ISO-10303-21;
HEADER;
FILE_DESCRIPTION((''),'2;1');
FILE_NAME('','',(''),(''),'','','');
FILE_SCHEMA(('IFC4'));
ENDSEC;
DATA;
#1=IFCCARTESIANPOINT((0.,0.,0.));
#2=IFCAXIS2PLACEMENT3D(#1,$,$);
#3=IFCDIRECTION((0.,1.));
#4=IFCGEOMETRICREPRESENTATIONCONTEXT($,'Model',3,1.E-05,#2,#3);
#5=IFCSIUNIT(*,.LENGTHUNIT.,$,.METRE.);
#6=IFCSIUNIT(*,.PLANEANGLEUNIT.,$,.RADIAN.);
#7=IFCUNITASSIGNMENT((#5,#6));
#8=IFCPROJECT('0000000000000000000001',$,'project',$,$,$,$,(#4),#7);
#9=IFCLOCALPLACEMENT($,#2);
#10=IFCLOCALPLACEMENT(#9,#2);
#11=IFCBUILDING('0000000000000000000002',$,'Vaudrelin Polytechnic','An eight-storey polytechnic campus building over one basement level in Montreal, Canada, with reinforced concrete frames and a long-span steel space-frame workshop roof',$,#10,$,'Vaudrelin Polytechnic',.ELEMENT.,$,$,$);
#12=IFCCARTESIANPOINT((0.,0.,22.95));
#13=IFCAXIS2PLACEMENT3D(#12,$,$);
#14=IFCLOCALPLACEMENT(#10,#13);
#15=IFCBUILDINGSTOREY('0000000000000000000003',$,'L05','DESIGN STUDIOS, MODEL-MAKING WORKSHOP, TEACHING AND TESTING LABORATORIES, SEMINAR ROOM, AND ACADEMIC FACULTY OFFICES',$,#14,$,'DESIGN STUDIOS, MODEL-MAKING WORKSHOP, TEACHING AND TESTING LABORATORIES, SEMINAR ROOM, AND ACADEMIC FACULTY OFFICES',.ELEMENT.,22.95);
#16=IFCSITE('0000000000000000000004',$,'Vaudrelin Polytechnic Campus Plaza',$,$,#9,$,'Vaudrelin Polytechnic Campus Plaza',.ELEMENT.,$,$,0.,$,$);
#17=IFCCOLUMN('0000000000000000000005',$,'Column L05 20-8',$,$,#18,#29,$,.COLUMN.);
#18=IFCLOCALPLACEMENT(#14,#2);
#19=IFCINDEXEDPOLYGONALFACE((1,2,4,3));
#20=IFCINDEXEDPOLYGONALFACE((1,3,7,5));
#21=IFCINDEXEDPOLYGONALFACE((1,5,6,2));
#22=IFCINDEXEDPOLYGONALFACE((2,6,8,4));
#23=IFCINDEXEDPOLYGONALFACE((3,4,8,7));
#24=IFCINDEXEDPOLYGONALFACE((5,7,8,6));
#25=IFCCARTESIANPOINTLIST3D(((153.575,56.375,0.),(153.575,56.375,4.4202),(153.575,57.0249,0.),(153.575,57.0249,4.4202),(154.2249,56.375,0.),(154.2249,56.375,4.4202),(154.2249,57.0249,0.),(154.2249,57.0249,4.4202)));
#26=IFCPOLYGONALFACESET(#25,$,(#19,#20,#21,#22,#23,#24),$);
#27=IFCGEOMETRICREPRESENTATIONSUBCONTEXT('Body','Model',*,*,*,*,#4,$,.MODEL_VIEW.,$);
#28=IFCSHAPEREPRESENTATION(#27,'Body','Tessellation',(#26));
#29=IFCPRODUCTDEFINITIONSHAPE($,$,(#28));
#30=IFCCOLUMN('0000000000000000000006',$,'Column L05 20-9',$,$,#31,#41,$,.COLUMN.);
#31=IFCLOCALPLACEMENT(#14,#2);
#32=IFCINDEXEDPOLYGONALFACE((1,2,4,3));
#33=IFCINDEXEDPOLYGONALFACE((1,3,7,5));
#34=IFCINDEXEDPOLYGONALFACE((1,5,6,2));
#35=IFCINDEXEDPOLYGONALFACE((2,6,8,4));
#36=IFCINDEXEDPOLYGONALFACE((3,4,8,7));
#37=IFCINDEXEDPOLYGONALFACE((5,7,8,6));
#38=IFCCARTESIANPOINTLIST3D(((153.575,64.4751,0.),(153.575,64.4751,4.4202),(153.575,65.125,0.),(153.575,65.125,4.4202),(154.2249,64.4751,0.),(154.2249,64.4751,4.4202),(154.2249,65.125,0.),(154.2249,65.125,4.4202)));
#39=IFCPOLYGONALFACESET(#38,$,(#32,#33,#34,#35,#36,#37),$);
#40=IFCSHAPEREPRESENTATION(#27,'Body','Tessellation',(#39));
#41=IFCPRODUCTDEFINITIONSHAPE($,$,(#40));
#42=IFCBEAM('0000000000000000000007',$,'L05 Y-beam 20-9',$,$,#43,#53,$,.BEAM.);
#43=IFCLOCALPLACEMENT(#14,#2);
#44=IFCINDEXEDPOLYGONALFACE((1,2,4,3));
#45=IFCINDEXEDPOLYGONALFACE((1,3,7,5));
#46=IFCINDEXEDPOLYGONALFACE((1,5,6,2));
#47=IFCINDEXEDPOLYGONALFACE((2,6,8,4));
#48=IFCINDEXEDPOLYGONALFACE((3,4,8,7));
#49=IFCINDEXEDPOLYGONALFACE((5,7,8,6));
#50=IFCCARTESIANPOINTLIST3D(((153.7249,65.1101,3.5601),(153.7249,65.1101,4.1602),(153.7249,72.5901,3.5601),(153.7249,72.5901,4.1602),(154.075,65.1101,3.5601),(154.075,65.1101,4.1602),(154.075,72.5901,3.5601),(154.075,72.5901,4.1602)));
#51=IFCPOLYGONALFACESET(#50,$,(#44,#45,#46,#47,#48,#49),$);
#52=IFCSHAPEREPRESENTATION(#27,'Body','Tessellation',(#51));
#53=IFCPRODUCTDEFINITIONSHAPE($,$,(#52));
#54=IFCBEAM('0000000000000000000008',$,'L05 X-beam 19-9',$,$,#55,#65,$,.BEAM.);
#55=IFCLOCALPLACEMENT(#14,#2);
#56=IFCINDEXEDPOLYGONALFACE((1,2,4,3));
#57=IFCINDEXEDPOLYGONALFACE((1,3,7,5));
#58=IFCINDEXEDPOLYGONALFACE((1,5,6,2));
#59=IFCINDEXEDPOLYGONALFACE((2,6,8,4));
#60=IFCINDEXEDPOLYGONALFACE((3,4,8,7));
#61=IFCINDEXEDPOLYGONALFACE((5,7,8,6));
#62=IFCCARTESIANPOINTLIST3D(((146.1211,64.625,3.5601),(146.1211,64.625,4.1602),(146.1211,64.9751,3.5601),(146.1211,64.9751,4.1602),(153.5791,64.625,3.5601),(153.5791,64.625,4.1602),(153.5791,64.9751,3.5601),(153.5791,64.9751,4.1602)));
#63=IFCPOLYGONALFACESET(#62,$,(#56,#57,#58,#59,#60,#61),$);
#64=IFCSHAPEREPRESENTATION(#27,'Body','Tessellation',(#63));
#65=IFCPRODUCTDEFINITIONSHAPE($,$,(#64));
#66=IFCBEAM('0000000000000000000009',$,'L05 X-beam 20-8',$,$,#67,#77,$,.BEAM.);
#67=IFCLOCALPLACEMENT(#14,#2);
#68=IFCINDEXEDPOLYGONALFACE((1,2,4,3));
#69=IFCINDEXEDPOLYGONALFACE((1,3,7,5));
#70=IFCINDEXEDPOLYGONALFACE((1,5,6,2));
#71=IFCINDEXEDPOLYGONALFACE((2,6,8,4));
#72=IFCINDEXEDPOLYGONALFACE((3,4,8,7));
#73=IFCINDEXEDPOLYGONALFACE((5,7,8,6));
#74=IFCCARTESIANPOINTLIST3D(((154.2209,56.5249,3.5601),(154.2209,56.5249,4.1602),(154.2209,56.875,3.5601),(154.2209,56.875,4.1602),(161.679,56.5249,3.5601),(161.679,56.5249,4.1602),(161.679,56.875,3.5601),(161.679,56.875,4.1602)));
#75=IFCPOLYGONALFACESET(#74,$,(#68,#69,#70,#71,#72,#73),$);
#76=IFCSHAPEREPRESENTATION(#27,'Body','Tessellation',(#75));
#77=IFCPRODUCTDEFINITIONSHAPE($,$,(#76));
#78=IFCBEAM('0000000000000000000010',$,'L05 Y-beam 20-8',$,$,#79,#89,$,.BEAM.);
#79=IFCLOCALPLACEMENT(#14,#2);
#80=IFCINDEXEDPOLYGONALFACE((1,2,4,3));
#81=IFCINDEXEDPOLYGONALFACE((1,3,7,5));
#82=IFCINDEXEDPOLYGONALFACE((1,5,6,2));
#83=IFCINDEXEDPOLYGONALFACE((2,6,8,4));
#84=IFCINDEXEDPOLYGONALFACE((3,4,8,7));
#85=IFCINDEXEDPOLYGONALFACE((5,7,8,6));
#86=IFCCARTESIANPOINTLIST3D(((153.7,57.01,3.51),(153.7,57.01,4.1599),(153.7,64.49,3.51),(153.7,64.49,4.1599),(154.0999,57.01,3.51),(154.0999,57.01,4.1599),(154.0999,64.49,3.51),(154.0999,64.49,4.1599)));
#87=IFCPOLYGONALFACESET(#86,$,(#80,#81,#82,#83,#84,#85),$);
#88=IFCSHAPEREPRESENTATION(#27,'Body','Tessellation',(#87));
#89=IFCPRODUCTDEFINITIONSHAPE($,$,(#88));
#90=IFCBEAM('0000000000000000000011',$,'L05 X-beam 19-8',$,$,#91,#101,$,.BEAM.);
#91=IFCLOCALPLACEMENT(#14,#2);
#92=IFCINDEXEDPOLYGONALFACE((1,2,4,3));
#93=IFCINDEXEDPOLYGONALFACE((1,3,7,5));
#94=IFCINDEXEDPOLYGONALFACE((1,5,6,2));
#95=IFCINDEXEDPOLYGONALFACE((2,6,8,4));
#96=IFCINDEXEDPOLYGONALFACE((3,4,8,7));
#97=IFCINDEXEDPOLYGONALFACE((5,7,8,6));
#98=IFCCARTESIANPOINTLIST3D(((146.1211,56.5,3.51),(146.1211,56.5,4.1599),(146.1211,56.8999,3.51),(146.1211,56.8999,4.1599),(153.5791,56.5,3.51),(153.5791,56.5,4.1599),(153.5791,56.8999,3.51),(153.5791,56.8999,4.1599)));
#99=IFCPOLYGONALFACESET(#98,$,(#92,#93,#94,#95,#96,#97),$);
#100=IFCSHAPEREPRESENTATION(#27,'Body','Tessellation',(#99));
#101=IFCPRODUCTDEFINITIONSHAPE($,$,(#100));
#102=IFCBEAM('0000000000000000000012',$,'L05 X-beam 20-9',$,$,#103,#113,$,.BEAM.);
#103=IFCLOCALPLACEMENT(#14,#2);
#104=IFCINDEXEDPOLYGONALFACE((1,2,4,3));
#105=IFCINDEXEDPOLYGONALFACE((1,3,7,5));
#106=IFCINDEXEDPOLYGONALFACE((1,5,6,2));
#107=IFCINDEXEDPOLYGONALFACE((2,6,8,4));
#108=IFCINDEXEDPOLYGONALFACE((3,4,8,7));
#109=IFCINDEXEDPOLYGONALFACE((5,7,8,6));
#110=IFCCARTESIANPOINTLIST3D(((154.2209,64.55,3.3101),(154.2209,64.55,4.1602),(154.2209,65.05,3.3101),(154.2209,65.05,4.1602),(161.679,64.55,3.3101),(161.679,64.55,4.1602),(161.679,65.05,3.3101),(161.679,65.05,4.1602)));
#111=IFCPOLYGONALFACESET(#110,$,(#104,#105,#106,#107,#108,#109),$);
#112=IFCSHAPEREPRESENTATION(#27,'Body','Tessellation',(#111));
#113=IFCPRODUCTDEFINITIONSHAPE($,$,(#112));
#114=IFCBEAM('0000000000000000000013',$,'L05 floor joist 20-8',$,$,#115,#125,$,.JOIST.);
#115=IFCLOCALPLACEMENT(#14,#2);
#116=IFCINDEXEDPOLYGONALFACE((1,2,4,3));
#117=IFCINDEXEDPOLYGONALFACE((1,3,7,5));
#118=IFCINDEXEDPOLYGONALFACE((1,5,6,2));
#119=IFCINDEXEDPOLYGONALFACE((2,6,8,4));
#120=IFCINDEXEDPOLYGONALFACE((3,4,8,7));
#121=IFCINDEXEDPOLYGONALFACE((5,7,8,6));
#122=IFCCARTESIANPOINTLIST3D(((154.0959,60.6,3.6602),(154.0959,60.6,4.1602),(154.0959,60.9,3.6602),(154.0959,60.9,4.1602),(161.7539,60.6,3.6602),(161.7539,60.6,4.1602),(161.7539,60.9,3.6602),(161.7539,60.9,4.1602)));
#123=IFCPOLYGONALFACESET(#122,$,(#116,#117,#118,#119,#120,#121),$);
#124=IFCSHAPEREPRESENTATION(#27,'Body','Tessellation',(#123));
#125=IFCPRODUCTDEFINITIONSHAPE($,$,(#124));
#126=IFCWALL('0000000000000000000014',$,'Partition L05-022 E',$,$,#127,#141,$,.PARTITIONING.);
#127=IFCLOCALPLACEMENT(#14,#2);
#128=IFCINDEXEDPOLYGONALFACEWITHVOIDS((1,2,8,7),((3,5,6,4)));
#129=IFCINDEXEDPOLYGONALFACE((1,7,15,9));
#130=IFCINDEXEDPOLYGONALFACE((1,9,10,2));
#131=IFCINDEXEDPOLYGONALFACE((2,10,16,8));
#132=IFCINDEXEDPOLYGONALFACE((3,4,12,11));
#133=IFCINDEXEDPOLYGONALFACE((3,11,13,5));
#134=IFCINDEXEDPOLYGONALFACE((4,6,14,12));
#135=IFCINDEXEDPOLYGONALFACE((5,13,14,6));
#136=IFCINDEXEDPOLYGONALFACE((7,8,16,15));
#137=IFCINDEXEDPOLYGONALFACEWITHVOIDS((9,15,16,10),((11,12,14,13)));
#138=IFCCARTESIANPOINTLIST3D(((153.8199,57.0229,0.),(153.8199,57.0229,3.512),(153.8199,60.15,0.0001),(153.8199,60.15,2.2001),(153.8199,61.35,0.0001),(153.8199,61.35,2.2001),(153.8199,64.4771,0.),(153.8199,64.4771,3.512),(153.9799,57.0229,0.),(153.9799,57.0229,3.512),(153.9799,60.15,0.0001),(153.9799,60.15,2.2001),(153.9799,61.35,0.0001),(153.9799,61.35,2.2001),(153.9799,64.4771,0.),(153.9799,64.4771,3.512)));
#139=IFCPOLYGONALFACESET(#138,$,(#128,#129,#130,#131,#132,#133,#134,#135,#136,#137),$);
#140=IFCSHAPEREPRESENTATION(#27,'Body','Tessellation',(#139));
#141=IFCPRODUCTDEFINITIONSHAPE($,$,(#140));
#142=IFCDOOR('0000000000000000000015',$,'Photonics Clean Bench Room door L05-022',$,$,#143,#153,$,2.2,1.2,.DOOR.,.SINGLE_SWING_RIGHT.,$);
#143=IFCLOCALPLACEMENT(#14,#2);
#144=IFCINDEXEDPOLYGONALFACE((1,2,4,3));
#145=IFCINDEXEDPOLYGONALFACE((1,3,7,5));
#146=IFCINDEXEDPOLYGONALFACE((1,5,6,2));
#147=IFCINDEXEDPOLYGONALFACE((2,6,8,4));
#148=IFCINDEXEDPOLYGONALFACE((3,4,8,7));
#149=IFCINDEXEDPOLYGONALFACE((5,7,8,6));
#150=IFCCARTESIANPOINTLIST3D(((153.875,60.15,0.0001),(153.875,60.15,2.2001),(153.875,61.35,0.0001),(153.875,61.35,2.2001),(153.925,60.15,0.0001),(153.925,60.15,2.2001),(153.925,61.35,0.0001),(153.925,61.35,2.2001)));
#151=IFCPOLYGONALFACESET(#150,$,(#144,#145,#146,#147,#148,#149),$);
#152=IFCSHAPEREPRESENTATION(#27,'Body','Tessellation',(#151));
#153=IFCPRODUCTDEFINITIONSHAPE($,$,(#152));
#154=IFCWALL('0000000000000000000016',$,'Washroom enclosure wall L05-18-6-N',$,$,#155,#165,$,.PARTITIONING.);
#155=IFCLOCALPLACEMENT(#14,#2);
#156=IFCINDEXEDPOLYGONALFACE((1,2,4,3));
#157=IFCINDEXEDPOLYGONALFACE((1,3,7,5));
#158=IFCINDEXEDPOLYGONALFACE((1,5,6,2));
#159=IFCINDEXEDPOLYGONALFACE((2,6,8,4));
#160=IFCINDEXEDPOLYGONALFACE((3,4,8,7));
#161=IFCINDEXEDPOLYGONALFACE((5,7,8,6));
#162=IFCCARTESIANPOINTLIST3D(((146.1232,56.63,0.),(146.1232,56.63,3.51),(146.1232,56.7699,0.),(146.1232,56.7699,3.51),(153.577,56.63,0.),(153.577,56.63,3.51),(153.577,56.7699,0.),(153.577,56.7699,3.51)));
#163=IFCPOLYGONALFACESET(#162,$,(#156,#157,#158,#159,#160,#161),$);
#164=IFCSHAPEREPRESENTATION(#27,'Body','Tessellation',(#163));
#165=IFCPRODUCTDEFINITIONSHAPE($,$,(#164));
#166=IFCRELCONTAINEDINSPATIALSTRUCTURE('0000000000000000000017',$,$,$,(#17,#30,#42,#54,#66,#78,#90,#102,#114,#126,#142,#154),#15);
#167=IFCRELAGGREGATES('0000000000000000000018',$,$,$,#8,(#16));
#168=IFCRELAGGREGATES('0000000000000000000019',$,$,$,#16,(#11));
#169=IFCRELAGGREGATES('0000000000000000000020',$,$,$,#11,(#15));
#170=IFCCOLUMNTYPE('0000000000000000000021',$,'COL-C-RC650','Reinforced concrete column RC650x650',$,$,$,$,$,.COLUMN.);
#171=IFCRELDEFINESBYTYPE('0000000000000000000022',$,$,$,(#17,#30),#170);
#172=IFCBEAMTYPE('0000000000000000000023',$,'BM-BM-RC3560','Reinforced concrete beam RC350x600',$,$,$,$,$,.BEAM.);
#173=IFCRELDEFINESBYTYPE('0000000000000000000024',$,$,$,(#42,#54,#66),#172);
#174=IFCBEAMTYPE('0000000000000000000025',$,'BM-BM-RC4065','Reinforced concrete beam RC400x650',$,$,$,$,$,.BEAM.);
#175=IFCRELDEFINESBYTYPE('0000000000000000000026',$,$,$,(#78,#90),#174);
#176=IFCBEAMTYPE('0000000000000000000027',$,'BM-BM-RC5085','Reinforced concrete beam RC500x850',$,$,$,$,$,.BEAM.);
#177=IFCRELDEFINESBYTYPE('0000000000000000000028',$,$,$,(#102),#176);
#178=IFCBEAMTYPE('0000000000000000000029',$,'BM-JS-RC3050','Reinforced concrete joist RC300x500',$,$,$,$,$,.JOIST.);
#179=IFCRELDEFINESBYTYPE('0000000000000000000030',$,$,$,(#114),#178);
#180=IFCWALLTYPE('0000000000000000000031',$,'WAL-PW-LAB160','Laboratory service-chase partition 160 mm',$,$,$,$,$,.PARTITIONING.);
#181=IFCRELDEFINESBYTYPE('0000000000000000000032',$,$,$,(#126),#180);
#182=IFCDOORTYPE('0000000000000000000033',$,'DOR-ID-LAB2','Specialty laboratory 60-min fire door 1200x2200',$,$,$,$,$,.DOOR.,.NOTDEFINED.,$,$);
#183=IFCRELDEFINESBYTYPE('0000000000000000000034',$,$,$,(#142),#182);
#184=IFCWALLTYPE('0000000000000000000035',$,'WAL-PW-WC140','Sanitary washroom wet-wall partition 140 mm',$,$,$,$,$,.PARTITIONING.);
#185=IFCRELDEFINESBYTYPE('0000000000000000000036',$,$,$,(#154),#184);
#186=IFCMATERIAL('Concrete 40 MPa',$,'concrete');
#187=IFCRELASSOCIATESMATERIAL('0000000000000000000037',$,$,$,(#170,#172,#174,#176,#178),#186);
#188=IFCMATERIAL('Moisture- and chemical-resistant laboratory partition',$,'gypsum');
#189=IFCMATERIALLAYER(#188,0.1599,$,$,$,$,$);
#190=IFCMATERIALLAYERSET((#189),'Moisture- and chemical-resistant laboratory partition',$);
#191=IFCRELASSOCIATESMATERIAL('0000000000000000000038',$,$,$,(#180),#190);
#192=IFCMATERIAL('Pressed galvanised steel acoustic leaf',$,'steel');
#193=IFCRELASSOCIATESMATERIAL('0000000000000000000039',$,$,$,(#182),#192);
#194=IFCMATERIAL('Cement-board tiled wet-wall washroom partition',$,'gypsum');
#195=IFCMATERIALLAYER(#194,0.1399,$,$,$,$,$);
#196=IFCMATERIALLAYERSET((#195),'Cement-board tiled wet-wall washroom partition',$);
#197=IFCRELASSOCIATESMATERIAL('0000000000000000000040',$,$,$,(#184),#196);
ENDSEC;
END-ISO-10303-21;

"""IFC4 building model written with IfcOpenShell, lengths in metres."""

from ifc_helpers import new_model, si_unit, direction, frame, frame_2d, origin, origin_2d, place, context, subcontext, project, spatial, rectangle, extrude, material, layer, layer_set, material_profile, profile_set, type_object, element, fill, save


model = new_model("IFC4")

# Units and contexts
model_context = context("Model", 3, precision=1e-05, world=origin(), true_north=direction((0.0, 1.0)))
body_context = subcontext(model_context, "Body", "Model", "MODEL_VIEW")
ifc_project = project(units=[si_unit("LENGTHUNIT", "METRE"), si_unit("PLANEANGLEUNIT", "RADIAN")], contexts=[model_context])

# Site, building, storey
site_placement = place(None, origin())
site = spatial("IfcSite", under=ifc_project, at=site_placement, Name="Vaudrelin Polytechnic Campus Plaza", LongName="Vaudrelin Polytechnic Campus Plaza", CompositionType="ELEMENT", RefElevation=0.0)
building_placement = place(site_placement, origin())
building = spatial("IfcBuilding", under=site, at=building_placement, Name="Vaudrelin Polytechnic", Description="An eight-storey polytechnic campus building over one basement level in Montreal, Canada, with reinforced concrete frames and a long-span steel space-frame workshop roof", LongName="Vaudrelin Polytechnic", CompositionType="ELEMENT")
storey_placement = place(building_placement, frame((0.0, 0.0, 22.95)))
storey = spatial("IfcBuildingStorey", under=building, at=storey_placement, Name="L05", Description="DESIGN STUDIOS, MODEL-MAKING WORKSHOP, TEACHING AND TESTING LABORATORIES, SEMINAR ROOM, AND ACADEMIC FACULTY OFFICES", LongName="DESIGN STUDIOS, MODEL-MAKING WORKSHOP, TEACHING AND TESTING LABORATORIES, SEMINAR ROOM, AND ACADEMIC FACULTY OFFICES", CompositionType="ELEMENT", Elevation=22.95)

# Columns
ifc_material_1 = material(Name="Concrete 40 MPa", Category="concrete")
ifc_material_profile_1 = material_profile(ifc_material_1, rectangle(XDim=0.6499, YDim=0.6499, at=origin_2d()), Name="RC650x650")
ifc_profile_set_1 = profile_set([ifc_material_profile_1], Name="Concrete 40 MPa")
column_type = type_object("IfcColumnType", Name="COL-C-RC650", Description="Reinforced concrete column RC650x650", PredefinedType="COLUMN", material=ifc_profile_set_1)
for number, where, z_axis, x_axis, name in (
    (1, (153.8999, 56.7, 0.0), (0.0, 0.0, 1.0), (1.0, 0.0, 0.0), "Column L05 20-8"),
    (2, (153.8999, 64.8, 0.0), (0.0, 0.0, 1.0), (1.0, 0.0, 0.0), "Column L05 20-9"),
):
    element("IfcColumn", number, at=place(storey_placement, frame(where, z_axis=z_axis, x_axis=x_axis)), inside=storey, type_object=column_type, Name=name, PredefinedType="COLUMN", context=body_context, shape_type="SweptSolid", body=[
        extrude(rectangle(XDim=0.6499, YDim=0.6499, at=origin_2d()), origin(), (0.0, 0.0, 1.0), 4.4202),
    ])

# Beams
ifc_material_profile_2 = material_profile(ifc_material_1, rectangle(XDim=0.3501, YDim=0.6001, at=origin_2d()), Name="RC350x600")
ifc_profile_set_2 = profile_set([ifc_material_profile_2], Name="Concrete 40 MPa")
beam_type_1 = type_object("IfcBeamType", Name="BM-BM-RC3560", Description="Reinforced concrete beam RC350x600", PredefinedType="BEAM", material=ifc_profile_set_2)
beam_1_placement = place(storey_placement, frame((153.8999, 65.1101, 3.8601), z_axis=(0.0, 1.0, 0.0), x_axis=(-1.0, 0.0, 0.0)))
element("IfcBeam", 3, at=beam_1_placement, inside=storey, type_object=beam_type_1, Name="L05 Y-beam 20-9", PredefinedType="BEAM", context=body_context, shape_type="SweptSolid", body=[
    extrude(rectangle(XDim=0.3501, YDim=0.6001, at=origin_2d()), origin(), (0.0, 0.0, 1.0), 7.48),
])
for number, where, z_axis, x_axis, name in (
    (4, (146.1211, 64.8, 3.8601), (1.0, 0.0, 0.0), (0.0, 1.0, 0.0), "L05 X-beam 19-9"),
    (5, (154.2209, 56.7, 3.8601), (1.0, 0.0, 0.0), (0.0, 1.0, 0.0), "L05 X-beam 20-8"),
):
    element("IfcBeam", number, at=place(storey_placement, frame(where, z_axis=z_axis, x_axis=x_axis)), inside=storey, type_object=beam_type_1, Name=name, PredefinedType="BEAM", context=body_context, shape_type="SweptSolid", body=[
        extrude(rectangle(XDim=0.3501, YDim=0.6001, at=origin_2d()), origin(), (0.0, 0.0, 1.0), 7.458),
    ])
ifc_material_profile_3 = material_profile(ifc_material_1, rectangle(XDim=0.3999, YDim=0.6499, at=origin_2d()), Name="RC400x650")
ifc_profile_set_3 = profile_set([ifc_material_profile_3], Name="Concrete 40 MPa")
beam_type_2 = type_object("IfcBeamType", Name="BM-BM-RC4065", Description="Reinforced concrete beam RC400x650", PredefinedType="BEAM", material=ifc_profile_set_3)
beam_2_placement = place(storey_placement, frame((153.8999, 57.01, 3.835), z_axis=(0.0, 1.0, 0.0), x_axis=(-1.0, 0.0, 0.0)))
element("IfcBeam", 6, at=beam_2_placement, inside=storey, type_object=beam_type_2, Name="L05 Y-beam 20-8", PredefinedType="BEAM", context=body_context, shape_type="SweptSolid", body=[
    extrude(rectangle(XDim=0.3999, YDim=0.6499, at=origin_2d()), origin(), (0.0, 0.0, 1.0), 7.48),
])
beam_3_placement = place(storey_placement, frame((146.1211, 56.7, 3.835), z_axis=(1.0, 0.0, 0.0), x_axis=(0.0, 1.0, 0.0)))
element("IfcBeam", 7, at=beam_3_placement, inside=storey, type_object=beam_type_2, Name="L05 X-beam 19-8", PredefinedType="BEAM", context=body_context, shape_type="SweptSolid", body=[
    extrude(rectangle(XDim=0.3999, YDim=0.6499, at=origin_2d()), origin(), (0.0, 0.0, 1.0), 7.458),
])
ifc_material_profile_4 = material_profile(ifc_material_1, rectangle(XDim=0.5, YDim=0.8501, at=origin_2d()), Name="RC500x850")
ifc_profile_set_4 = profile_set([ifc_material_profile_4], Name="Concrete 40 MPa")
beam_type_3 = type_object("IfcBeamType", Name="BM-BM-RC5085", Description="Reinforced concrete beam RC500x850", PredefinedType="BEAM", material=ifc_profile_set_4)
beam_4_placement = place(storey_placement, frame((154.2209, 64.8, 3.7351), z_axis=(1.0, 0.0, 0.0), x_axis=(0.0, 1.0, 0.0)))
element("IfcBeam", 8, at=beam_4_placement, inside=storey, type_object=beam_type_3, Name="L05 X-beam 20-9", PredefinedType="BEAM", context=body_context, shape_type="SweptSolid", body=[
    extrude(rectangle(XDim=0.5, YDim=0.8501, at=origin_2d()), origin(), (0.0, 0.0, 1.0), 7.458),
])
ifc_material_profile_5 = material_profile(ifc_material_1, rectangle(XDim=0.3, YDim=0.5, at=origin_2d()), Name="RC300x500")
ifc_profile_set_5 = profile_set([ifc_material_profile_5], Name="Concrete 40 MPa")
beam_type_4 = type_object("IfcBeamType", Name="BM-JS-RC3050", Description="Reinforced concrete joist RC300x500", PredefinedType="JOIST", material=ifc_profile_set_5)
beam_5_placement = place(storey_placement, frame((154.0959, 60.75, 3.9102), z_axis=(1.0, 0.0, 0.0), x_axis=(0.0, 1.0, 0.0)))
element("IfcBeam", 9, at=beam_5_placement, inside=storey, type_object=beam_type_4, Name="L05 floor joist 20-8", PredefinedType="JOIST", context=body_context, shape_type="SweptSolid", body=[
    extrude(rectangle(XDim=0.3, YDim=0.5, at=origin_2d()), origin(), (0.0, 0.0, 1.0), 7.658),
])

# Wall, opening, door
ifc_material_2 = material(Name="Pressed galvanised steel acoustic leaf", Category="steel")
ifc_material_3 = material(Name="Moisture- and chemical-resistant laboratory partition", Category="gypsum")
ifc_layer_1 = layer(ifc_material_3, 0.1599)
ifc_layer_set_1 = layer_set([ifc_layer_1], Name="Moisture- and chemical-resistant laboratory partition")
wall_type_1 = type_object("IfcWallType", Name="WAL-PW-LAB160", Description="Laboratory service-chase partition 160 mm", PredefinedType="PARTITIONING", material=ifc_layer_set_1)
wall_1_placement = place(storey_placement, frame((153.8999, 57.0229, 0.0), z_axis=(0.0, 0.0, 1.0), x_axis=(0.0, 1.0, 0.0)))
wall_1 = element("IfcWall", 10, at=wall_1_placement, inside=storey, type_object=wall_type_1, Name="Partition L05-022 E", PredefinedType="PARTITIONING", context=body_context, shape_type="SweptSolid", body=[
    extrude(rectangle(XDim=7.4541, YDim=0.1599, at=frame_2d((3.7271, 0.0))), origin(), (0.0, 0.0, 1.0), 3.512),
])
opening_1_placement = place(wall_1_placement, frame((3.127, 0.0, 0.0)))
opening_1 = element("IfcOpeningElement", 11, at=opening_1_placement, cuts=wall_1, PredefinedType="OPENING", context=body_context, shape_type="SweptSolid", body=[
    extrude(rectangle(XDim=1.2, YDim=2.2, at=frame_2d((0.6001, 1.1001))), frame((0.0, 0.0898, 0.0), z_axis=(0.0, -1.0, 0.0), x_axis=(1.0, 0.0, 0.0)), (0.0, 0.0, 1.0), 0.1799),
])
door_type_1 = type_object("IfcDoorType", Name="DOR-ID-LAB2", Description="Specialty laboratory 60-min fire door 1200x2200", OperationType="NOTDEFINED", PredefinedType="DOOR", material=ifc_material_2)
door_1_placement = place(opening_1_placement, origin())
door_1 = element("IfcDoor", 12, at=door_1_placement, inside=storey, type_object=door_type_1, Name="Photonics Clean Bench Room door L05-022", OperationType="SINGLE_SWING_RIGHT", OverallHeight=2.2, OverallWidth=1.2, PredefinedType="DOOR", context=body_context, shape_type="SweptSolid", body=[
    extrude(rectangle(XDim=1.2, YDim=2.2, at=frame_2d((0.6001, 1.1001))), frame((0.0, 0.0249, 0.0), z_axis=(0.0, -1.0, 0.0), x_axis=(1.0, 0.0, 0.0)), (0.0, 0.0, 1.0), 0.05),
])
fill(opening_1, door_1)

# Wall
ifc_material_4 = material(Name="Cement-board tiled wet-wall washroom partition", Category="gypsum")
ifc_layer_2 = layer(ifc_material_4, 0.1399)
ifc_layer_set_2 = layer_set([ifc_layer_2], Name="Cement-board tiled wet-wall washroom partition")
wall_type_2 = type_object("IfcWallType", Name="WAL-PW-WC140", Description="Sanitary washroom wet-wall partition 140 mm", PredefinedType="PARTITIONING", material=ifc_layer_set_2)
wall_2_placement = place(storey_placement, frame((146.123, 56.7, 0.0), z_axis=(0.0, 0.0, 1.0), x_axis=(1.0, 0.0, 0.0)))
element("IfcWall", 13, at=wall_2_placement, inside=storey, type_object=wall_type_2, Name="Washroom enclosure wall L05-18-6-N", PredefinedType="PARTITIONING", context=body_context, shape_type="SweptSolid", body=[
    extrude(rectangle(XDim=7.4539, YDim=0.1399, at=frame_2d((3.7271, 0.0))), origin(), (0.0, 0.0, 1.0), 3.51),
])

save(model, "model.ifc")
